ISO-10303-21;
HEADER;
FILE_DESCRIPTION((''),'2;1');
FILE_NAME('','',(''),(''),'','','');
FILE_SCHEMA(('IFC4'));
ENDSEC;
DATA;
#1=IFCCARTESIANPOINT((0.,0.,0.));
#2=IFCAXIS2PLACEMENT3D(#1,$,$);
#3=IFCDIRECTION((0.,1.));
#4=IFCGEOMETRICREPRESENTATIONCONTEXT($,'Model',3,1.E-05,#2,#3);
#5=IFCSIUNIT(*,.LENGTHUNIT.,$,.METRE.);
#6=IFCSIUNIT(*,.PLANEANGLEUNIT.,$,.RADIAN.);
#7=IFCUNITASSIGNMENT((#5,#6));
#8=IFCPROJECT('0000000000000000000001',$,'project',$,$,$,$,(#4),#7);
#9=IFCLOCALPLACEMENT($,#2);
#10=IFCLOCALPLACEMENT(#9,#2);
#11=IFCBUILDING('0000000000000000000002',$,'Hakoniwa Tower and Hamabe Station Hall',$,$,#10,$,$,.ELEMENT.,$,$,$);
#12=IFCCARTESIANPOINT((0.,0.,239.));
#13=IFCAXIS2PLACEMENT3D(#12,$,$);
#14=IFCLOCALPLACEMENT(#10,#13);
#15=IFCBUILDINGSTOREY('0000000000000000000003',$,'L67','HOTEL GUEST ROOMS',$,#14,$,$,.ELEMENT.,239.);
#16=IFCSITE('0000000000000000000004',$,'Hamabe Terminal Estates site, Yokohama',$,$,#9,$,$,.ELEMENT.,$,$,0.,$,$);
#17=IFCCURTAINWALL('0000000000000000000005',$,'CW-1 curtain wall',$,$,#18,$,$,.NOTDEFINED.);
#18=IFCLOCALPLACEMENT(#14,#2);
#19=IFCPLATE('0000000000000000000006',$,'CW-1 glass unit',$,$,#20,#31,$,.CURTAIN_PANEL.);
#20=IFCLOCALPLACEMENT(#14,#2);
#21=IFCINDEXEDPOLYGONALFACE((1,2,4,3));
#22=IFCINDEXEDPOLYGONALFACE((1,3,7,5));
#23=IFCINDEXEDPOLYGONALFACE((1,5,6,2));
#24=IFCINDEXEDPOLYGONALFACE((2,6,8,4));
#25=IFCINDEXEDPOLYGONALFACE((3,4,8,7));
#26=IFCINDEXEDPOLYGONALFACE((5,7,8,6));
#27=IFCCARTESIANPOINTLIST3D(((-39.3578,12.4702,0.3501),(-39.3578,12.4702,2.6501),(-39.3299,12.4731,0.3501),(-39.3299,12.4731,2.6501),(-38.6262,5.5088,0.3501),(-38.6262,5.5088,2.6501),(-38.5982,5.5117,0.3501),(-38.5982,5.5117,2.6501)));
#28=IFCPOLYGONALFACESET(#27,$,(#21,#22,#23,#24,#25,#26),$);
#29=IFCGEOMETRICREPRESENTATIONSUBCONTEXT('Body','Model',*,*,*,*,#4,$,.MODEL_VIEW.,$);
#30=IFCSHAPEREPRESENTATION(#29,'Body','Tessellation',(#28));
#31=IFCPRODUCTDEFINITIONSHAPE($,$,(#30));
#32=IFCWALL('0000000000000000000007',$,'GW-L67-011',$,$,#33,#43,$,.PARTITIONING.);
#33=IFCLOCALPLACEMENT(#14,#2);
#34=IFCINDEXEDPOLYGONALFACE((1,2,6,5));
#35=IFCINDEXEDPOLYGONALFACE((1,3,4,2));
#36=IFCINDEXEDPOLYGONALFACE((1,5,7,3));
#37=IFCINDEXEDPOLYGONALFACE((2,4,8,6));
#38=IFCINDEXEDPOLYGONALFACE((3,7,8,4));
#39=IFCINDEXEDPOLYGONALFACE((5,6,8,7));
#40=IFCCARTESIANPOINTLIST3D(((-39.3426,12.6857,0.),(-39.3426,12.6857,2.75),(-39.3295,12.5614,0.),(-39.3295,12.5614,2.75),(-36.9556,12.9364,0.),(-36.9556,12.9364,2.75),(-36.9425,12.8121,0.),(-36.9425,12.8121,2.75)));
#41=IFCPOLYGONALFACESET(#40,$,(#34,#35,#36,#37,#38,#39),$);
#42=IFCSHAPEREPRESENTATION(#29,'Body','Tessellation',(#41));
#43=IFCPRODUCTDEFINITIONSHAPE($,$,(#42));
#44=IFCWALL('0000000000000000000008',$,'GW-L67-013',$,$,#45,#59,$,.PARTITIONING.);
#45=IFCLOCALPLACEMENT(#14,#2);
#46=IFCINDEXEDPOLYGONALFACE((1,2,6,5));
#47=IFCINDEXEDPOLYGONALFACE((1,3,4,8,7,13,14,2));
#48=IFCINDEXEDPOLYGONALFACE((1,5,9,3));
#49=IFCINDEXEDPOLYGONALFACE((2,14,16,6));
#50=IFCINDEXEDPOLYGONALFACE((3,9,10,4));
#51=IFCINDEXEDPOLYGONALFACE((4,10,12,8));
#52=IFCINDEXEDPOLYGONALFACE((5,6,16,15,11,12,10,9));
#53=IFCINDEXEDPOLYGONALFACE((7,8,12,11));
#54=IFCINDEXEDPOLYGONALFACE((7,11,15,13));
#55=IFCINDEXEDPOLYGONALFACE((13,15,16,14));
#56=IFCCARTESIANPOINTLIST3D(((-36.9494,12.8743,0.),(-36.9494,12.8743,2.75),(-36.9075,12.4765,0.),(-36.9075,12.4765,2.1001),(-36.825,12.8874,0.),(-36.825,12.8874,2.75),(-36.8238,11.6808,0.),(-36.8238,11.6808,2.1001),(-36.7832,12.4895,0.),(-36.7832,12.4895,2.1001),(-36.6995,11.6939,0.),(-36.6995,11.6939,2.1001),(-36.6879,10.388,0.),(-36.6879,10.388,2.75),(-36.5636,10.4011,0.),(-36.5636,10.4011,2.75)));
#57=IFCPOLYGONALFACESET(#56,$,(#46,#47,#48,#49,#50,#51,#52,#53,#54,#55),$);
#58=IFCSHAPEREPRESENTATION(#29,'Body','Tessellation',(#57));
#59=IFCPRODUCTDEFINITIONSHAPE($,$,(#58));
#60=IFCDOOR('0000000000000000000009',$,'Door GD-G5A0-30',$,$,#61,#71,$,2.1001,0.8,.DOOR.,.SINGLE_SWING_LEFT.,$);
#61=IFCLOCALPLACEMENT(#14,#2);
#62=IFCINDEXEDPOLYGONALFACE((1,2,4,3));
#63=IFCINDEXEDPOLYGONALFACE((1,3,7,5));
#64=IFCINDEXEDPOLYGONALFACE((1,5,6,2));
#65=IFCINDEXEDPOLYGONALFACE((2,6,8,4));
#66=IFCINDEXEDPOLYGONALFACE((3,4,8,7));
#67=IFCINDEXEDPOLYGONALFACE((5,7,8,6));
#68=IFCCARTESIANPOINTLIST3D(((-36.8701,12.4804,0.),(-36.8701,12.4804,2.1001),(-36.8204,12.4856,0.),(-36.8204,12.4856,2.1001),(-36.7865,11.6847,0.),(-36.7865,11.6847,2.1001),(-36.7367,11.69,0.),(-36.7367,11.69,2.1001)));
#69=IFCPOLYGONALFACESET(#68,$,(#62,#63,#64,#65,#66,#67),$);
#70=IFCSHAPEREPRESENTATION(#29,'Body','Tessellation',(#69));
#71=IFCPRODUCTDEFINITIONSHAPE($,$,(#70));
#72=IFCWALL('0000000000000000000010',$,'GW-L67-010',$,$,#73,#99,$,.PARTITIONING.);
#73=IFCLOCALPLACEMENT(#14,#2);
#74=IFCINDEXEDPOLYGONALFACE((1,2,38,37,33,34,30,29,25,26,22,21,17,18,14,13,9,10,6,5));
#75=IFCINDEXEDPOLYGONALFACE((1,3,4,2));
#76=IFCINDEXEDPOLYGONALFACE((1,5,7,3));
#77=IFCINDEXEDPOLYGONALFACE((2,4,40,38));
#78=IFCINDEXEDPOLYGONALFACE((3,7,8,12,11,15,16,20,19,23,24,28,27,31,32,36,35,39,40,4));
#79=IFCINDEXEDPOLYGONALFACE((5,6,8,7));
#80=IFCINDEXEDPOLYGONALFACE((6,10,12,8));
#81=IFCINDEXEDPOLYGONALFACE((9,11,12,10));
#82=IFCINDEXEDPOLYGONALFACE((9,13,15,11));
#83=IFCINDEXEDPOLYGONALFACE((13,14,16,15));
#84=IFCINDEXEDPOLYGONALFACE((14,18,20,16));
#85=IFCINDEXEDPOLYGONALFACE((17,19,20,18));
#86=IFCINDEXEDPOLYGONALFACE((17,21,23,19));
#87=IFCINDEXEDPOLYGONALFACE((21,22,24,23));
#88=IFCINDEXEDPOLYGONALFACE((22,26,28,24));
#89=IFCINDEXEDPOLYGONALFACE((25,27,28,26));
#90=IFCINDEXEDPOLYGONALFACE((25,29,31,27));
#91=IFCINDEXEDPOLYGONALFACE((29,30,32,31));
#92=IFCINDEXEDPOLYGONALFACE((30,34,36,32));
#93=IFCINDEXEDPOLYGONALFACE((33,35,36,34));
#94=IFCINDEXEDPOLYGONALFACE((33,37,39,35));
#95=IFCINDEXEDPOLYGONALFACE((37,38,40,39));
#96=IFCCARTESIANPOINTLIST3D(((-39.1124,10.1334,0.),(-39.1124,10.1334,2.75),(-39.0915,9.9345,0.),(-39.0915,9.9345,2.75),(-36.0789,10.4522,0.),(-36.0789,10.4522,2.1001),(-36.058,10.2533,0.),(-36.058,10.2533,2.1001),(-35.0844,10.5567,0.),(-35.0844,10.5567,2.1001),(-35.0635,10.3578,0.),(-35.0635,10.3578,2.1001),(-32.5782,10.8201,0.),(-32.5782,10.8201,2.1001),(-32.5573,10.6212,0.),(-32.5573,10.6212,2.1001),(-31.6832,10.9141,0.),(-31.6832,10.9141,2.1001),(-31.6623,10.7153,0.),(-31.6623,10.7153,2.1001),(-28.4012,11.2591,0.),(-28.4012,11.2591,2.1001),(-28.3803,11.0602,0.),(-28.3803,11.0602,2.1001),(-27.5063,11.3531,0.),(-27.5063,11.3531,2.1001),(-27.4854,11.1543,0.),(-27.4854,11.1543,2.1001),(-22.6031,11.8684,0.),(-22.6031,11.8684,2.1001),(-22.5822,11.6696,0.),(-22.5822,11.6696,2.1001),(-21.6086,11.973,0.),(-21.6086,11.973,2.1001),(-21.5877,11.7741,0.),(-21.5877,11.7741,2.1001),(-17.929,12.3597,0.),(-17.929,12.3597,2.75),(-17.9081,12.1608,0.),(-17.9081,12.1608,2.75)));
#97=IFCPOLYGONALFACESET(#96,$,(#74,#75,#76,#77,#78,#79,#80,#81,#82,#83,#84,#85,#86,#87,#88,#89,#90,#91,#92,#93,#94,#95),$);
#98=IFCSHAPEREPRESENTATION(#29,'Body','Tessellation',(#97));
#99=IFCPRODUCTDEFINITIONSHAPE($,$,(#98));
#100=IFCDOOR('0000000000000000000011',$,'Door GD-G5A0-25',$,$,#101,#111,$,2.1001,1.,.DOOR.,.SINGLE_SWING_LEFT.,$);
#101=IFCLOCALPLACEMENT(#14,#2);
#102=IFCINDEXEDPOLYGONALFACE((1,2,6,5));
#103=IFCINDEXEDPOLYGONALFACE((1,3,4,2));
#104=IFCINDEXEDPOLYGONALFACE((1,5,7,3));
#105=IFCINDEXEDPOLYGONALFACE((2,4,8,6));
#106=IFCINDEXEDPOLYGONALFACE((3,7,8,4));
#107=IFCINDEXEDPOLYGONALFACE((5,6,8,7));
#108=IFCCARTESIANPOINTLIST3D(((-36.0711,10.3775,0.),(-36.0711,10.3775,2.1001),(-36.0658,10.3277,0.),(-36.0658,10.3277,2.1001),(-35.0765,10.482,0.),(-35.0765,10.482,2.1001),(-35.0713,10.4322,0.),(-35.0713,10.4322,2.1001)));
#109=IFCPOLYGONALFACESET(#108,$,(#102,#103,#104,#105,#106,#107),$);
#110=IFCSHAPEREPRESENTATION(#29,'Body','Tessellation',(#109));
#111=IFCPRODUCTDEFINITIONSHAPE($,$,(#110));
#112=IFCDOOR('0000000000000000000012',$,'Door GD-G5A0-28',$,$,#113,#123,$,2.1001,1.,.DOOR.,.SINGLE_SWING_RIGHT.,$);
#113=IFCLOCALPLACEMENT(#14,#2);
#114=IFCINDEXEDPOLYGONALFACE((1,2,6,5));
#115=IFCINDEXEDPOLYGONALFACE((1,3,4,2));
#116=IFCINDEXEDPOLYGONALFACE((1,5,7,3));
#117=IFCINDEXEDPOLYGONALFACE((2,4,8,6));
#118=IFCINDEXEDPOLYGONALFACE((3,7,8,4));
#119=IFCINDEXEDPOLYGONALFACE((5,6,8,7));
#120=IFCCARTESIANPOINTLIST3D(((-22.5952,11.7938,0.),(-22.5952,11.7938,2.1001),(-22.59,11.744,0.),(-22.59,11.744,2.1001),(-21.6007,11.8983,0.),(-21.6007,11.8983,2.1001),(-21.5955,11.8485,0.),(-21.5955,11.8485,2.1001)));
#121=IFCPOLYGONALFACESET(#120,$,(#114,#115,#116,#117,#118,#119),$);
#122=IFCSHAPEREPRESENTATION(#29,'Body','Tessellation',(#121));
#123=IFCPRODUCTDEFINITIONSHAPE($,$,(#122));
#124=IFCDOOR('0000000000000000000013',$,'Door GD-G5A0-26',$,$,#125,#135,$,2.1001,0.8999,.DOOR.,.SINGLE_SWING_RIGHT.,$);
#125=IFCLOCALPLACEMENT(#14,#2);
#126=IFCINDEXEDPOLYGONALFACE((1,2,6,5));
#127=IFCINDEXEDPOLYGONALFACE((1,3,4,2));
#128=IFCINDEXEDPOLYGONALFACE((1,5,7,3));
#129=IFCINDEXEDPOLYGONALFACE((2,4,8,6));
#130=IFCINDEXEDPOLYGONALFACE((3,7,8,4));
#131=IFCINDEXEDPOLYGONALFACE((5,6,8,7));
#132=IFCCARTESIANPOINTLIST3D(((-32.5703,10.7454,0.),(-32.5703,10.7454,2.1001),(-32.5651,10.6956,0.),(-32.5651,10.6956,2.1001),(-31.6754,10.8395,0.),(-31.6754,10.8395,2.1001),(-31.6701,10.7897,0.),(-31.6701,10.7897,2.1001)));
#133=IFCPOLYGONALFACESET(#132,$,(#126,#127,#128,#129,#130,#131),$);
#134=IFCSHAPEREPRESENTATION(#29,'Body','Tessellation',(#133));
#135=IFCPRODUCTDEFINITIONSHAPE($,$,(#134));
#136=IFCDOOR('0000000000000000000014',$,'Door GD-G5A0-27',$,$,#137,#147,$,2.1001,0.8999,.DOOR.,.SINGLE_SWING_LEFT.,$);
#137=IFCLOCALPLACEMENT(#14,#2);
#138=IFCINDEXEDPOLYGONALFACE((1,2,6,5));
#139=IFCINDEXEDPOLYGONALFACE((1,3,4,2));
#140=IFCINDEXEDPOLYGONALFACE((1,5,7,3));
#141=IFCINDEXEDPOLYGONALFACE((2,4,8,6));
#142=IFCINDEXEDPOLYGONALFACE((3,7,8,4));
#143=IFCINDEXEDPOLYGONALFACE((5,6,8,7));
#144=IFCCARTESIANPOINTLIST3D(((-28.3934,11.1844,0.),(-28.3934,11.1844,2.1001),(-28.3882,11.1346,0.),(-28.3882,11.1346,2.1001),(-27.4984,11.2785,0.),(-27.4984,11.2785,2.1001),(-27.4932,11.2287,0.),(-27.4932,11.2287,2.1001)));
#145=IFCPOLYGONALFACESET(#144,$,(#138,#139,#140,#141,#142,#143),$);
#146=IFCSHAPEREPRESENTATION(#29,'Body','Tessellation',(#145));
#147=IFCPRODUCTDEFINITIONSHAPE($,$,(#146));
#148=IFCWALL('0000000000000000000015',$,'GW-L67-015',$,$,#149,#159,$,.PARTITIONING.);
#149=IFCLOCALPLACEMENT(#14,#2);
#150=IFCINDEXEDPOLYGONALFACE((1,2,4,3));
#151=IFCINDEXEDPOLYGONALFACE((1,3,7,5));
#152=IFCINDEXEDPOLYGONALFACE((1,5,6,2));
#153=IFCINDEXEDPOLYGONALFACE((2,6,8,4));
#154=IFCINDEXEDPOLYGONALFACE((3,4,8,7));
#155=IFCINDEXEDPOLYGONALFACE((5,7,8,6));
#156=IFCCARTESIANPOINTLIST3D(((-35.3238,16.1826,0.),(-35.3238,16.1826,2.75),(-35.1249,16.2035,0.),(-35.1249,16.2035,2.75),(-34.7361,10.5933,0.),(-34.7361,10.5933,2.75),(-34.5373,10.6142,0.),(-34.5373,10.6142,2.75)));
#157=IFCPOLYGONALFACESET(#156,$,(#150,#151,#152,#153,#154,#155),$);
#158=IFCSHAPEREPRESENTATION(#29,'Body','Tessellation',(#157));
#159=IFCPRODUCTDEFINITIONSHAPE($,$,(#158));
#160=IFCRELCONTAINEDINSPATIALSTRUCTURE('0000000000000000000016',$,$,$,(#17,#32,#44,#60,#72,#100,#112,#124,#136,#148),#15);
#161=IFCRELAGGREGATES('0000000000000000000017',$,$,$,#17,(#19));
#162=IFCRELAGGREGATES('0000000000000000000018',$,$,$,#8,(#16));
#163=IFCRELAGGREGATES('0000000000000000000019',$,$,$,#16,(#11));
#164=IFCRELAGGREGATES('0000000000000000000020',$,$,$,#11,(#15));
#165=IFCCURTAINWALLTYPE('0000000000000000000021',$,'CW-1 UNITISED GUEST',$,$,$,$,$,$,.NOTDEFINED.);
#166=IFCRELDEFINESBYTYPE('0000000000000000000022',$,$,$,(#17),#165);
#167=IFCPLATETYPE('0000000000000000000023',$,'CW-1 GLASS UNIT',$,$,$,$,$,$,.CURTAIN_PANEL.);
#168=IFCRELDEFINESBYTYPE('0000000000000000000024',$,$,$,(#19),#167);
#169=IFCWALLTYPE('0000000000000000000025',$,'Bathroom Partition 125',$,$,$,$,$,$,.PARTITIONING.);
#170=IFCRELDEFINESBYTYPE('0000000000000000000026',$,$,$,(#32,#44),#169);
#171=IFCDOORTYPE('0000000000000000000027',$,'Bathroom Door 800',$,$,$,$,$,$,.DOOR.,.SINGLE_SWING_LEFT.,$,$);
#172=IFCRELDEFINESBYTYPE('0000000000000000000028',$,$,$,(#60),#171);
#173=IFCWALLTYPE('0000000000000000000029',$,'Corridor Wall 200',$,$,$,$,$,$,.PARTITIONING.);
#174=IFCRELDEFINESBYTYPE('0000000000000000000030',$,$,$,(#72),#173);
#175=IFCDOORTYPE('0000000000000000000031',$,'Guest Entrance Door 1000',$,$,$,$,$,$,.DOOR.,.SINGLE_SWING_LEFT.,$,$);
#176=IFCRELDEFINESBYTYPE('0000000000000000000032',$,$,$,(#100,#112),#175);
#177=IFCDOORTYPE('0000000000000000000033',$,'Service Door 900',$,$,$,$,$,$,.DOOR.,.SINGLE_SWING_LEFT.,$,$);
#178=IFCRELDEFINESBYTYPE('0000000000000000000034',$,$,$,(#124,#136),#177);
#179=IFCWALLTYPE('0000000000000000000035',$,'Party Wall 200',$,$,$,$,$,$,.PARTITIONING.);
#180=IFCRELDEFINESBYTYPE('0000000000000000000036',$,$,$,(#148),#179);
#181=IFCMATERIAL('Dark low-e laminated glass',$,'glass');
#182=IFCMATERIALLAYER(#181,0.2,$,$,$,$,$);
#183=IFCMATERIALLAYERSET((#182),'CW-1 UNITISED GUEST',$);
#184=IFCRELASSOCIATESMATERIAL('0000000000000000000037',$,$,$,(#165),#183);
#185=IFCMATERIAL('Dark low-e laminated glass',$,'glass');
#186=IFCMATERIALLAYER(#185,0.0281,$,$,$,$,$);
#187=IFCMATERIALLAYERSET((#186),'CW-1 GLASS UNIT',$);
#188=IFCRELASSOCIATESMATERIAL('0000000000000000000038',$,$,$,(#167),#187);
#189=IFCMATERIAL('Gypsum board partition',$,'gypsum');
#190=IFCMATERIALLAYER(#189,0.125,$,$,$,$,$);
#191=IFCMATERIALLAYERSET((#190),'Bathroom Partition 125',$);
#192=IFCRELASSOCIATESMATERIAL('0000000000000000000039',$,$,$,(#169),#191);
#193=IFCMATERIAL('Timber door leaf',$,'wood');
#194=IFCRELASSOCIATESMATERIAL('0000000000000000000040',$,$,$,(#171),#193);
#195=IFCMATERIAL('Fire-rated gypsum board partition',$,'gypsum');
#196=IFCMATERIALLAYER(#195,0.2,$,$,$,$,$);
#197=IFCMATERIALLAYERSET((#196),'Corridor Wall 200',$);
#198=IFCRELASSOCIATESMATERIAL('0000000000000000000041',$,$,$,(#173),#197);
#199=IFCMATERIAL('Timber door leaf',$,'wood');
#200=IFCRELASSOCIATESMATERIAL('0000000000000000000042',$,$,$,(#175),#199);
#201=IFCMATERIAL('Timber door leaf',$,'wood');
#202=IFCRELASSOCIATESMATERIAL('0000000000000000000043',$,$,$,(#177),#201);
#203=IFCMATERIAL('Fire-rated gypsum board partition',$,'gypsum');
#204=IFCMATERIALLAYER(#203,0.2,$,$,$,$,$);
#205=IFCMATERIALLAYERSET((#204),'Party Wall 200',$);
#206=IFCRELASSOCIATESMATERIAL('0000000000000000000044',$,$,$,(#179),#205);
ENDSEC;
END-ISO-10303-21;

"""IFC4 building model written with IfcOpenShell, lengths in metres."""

from ifc_helpers import new_model, si_unit, direction, frame, frame_2d, origin, origin_2d, place, context, subcontext, project, spatial, rectangle, extrude, material, layer, layer_set, type_object, element, fill, aggregate, save


model = new_model("IFC4")

# Units and contexts
model_context = context("Model", 3, precision=1e-05, world=origin(), true_north=direction((0.0, 1.0)))
body_context = subcontext(model_context, "Body", "Model", "MODEL_VIEW")
ifc_project = project(units=[si_unit("LENGTHUNIT", "METRE"), si_unit("PLANEANGLEUNIT", "RADIAN")], contexts=[model_context])

# Site, building, storey
site_placement = place(None, origin())
site = spatial("IfcSite", under=ifc_project, at=site_placement, Name="Hamabe Terminal Estates site, Yokohama", CompositionType="ELEMENT", RefElevation=0.0)
building_placement = place(site_placement, origin())
building = spatial("IfcBuilding", under=site, at=building_placement, Name="Hakoniwa Tower and Hamabe Station Hall", CompositionType="ELEMENT")
storey_placement = place(building_placement, frame((0.0, 0.0, 239.0)))
storey = spatial("IfcBuildingStorey", under=building, at=storey_placement, Name="L67", Description="HOTEL GUEST ROOMS", CompositionType="ELEMENT", Elevation=239.0)

# Curtain wall
ifc_material_1 = material(Name="Dark low-e laminated glass", Category="glass")
ifc_layer_1 = layer(ifc_material_1, 0.2)
ifc_layer_set_1 = layer_set([ifc_layer_1], Name="CW-1 UNITISED GUEST")
curtain_wall_type = type_object("IfcCurtainWallType", Name="CW-1 UNITISED GUEST", PredefinedType="NOTDEFINED", material=ifc_layer_set_1)
curtain_wall_1_placement = place(storey_placement, origin())
curtain_wall_1 = element("IfcCurtainWall", 1, at=curtain_wall_1_placement, inside=storey, type_object=curtain_wall_type, Name="CW-1 curtain wall", PredefinedType="NOTDEFINED")

# Plate
ifc_material_2 = material(Name="Dark low-e laminated glass", Category="glass")
ifc_layer_2 = layer(ifc_material_2, 0.0281)
ifc_layer_set_2 = layer_set([ifc_layer_2], Name="CW-1 GLASS UNIT")
plate_type = type_object("IfcPlateType", Name="CW-1 GLASS UNIT", PredefinedType="CURTAIN_PANEL", material=ifc_layer_set_2)
plate_1_placement = place(storey_placement, frame((-38.978, 8.991, 0.3501), z_axis=(0.0, 0.0, 1.0), x_axis=(0.104528, -0.994522, 0.0)))
plate_1 = element("IfcPlate", 2, at=plate_1_placement, type_object=plate_type, Name="CW-1 glass unit", PredefinedType="CURTAIN_PANEL", context=body_context, shape_type="SweptSolid", body=[
    extrude(rectangle(XDim=6.9998, YDim=0.0281, at=origin_2d()), origin(), (0.0, 0.0, 1.0), 2.3),
])
aggregate(curtain_wall_1, [plate_1])

# Wall
ifc_material_3 = material(Name="Gypsum board partition", Category="gypsum")
ifc_layer_3 = layer(ifc_material_3, 0.125)
ifc_layer_set_3 = layer_set([ifc_layer_3], Name="Bathroom Partition 125")
wall_type_1 = type_object("IfcWallType", Name="Bathroom Partition 125", PredefinedType="PARTITIONING", material=ifc_layer_set_3)
wall_1_placement = place(storey_placement, frame((-39.3362, 12.6235, 0.0), z_axis=(0.0, 0.0, 1.0), x_axis=(0.994528, 0.104468, 0.0)))
element("IfcWall", 3, at=wall_1_placement, inside=storey, type_object=wall_type_1, Name="GW-L67-011", PredefinedType="PARTITIONING", context=body_context, shape_type="SweptSolid", body=[
    extrude(rectangle(XDim=2.4001, YDim=0.125, at=frame_2d((1.2002, 0.0))), origin(), (0.0, 0.0, 1.0), 2.75),
])

# Wall, opening, door
wall_2_placement = place(storey_placement, frame((-36.6257, 10.3945, 0.0), z_axis=(0.0, 0.0, 1.0), x_axis=(-0.104588, 0.994516, 0.0)))
wall_2 = element("IfcWall", 4, at=wall_2_placement, inside=storey, type_object=wall_type_1, Name="GW-L67-013", PredefinedType="PARTITIONING", context=body_context, shape_type="SweptSolid", body=[
    extrude(rectangle(XDim=2.5, YDim=0.125, at=frame_2d((1.25, 0.0))), origin(), (0.0, 0.0, 1.0), 2.75),
])
opening_1_placement = place(wall_2_placement, frame((1.3, 0.0, 0.0)))
opening_1 = element("IfcOpeningElement", 5, at=opening_1_placement, cuts=wall_2, PredefinedType="OPENING", context=body_context, shape_type="SweptSolid", body=[
    extrude(rectangle(XDim=0.8, YDim=2.1001, at=frame_2d((0.3999, 1.05))), frame((0.0, 0.0725, 0.0), z_axis=(0.0, -1.0, 0.0), x_axis=(1.0, 0.0, 0.0)), (0.0, 0.0, 1.0), 0.145),
])
ifc_material_4 = material(Name="Timber door leaf", Category="wood")
door_type_1 = type_object("IfcDoorType", Name="Bathroom Door 800", OperationType="SINGLE_SWING_LEFT", PredefinedType="DOOR", material=ifc_material_4)
door_1_placement = place(opening_1_placement, origin())
door_1 = element("IfcDoor", 6, at=door_1_placement, inside=storey, type_object=door_type_1, Name="Door GD-G5A0-30", OperationType="SINGLE_SWING_LEFT", OverallHeight=2.1001, OverallWidth=0.8, PredefinedType="DOOR", context=body_context, shape_type="SweptSolid", body=[
    extrude(rectangle(XDim=0.8, YDim=2.1001, at=frame_2d((0.3999, 1.05))), frame((0.0, 0.0249, 0.0), z_axis=(0.0, -1.0, 0.0), x_axis=(1.0, 0.0, 0.0)), (0.0, 0.0, 1.0), 0.05),
])
fill(opening_1, door_1)

# Wall, openings, doors
ifc_material_5 = material(Name="Fire-rated gypsum board partition", Category="gypsum")
ifc_layer_4 = layer(ifc_material_5, 0.2)
ifc_layer_set_4 = layer_set([ifc_layer_4], Name="Corridor Wall 200")
wall_type_2 = type_object("IfcWallType", Name="Corridor Wall 200", PredefinedType="PARTITIONING", material=ifc_layer_set_4)
wall_3_placement = place(storey_placement, frame((-39.1018, 10.0339, 0.0), z_axis=(0.0, 0.0, 1.0), x_axis=(0.994523, 0.104522, 0.0)))
wall_3 = element("IfcWall", 7, at=wall_3_placement, inside=storey, type_object=wall_type_2, Name="GW-L67-010", PredefinedType="PARTITIONING", context=body_context, shape_type="SweptSolid", body=[
    extrude(rectangle(XDim=21.3, YDim=0.2, at=frame_2d((10.6499, 0.0))), origin(), (0.0, 0.0, 1.0), 2.75),
])
opening_2_placement = place(wall_3_placement, frame((3.05, 0.0, 0.0)))
opening_2 = element("IfcOpeningElement", 8, at=opening_2_placement, cuts=wall_3, PredefinedType="OPENING", context=body_context, shape_type="SweptSolid", body=[
    extrude(rectangle(XDim=1.0, YDim=2.1001, at=frame_2d((0.5, 1.05))), frame((0.0, 0.1099, 0.0), z_axis=(0.0, -1.0, 0.0), x_axis=(1.0, 0.0, 0.0)), (0.0, 0.0, 1.0), 0.22),
])
opening_3_placement = place(wall_3_placement, frame((6.5701, 0.0, 0.0)))
opening_3 = element("IfcOpeningElement", 9, at=opening_3_placement, cuts=wall_3, PredefinedType="OPENING", context=body_context, shape_type="SweptSolid", body=[
    extrude(rectangle(XDim=0.8999, YDim=2.1001, at=frame_2d((0.45, 1.05))), frame((0.0, 0.1099, 0.0), z_axis=(0.0, -1.0, 0.0), x_axis=(1.0, 0.0, 0.0)), (0.0, 0.0, 1.0), 0.22),
])
opening_4_placement = place(wall_3_placement, frame((10.77, 0.0, 0.0)))
opening_4 = element("IfcOpeningElement", 10, at=opening_4_placement, cuts=wall_3, PredefinedType="OPENING", context=body_context, shape_type="SweptSolid", body=[
    extrude(rectangle(XDim=0.8999, YDim=2.1001, at=frame_2d((0.45, 1.05))), frame((0.0, 0.1099, 0.0), z_axis=(0.0, -1.0, 0.0), x_axis=(1.0, 0.0, 0.0)), (0.0, 0.0, 1.0), 0.22),
])
opening_5_placement = place(wall_3_placement, frame((16.6001, 0.0, 0.0)))
opening_5 = element("IfcOpeningElement", 11, at=opening_5_placement, cuts=wall_3, PredefinedType="OPENING", context=body_context, shape_type="SweptSolid", body=[
    extrude(rectangle(XDim=1.0, YDim=2.1001, at=frame_2d((0.5, 1.05))), frame((0.0, 0.1099, 0.0), z_axis=(0.0, -1.0, 0.0), x_axis=(1.0, 0.0, 0.0)), (0.0, 0.0, 1.0), 0.22),
])
ifc_material_6 = material(Name="Timber door leaf", Category="wood")
door_type_2 = type_object("IfcDoorType", Name="Guest Entrance Door 1000", OperationType="SINGLE_SWING_LEFT", PredefinedType="DOOR", material=ifc_material_6)
door_2_placement = place(opening_2_placement, origin())
door_2 = element("IfcDoor", 12, at=door_2_placement, inside=storey, type_object=door_type_2, Name="Door GD-G5A0-25", OperationType="SINGLE_SWING_LEFT", OverallHeight=2.1001, OverallWidth=1.0, PredefinedType="DOOR", context=body_context, shape_type="SweptSolid", body=[
    extrude(rectangle(XDim=1.0, YDim=2.1001, at=frame_2d((0.5, 1.05))), frame((0.0, 0.0249, 0.0), z_axis=(0.0, -1.0, 0.0), x_axis=(1.0, 0.0, 0.0)), (0.0, 0.0, 1.0), 0.05),
])
fill(opening_2, door_2)
door_3_placement = place(opening_5_placement, origin())
door_3 = element("IfcDoor", 13, at=door_3_placement, inside=storey, type_object=door_type_2, Name="Door GD-G5A0-28", OperationType="SINGLE_SWING_RIGHT", OverallHeight=2.1001, OverallWidth=1.0, PredefinedType="DOOR", context=body_context, shape_type="SweptSolid", body=[
    extrude(rectangle(XDim=1.0, YDim=2.1001, at=frame_2d((0.5, 1.05))), frame((0.0, 0.0249, 0.0), z_axis=(0.0, -1.0, 0.0), x_axis=(1.0, 0.0, 0.0)), (0.0, 0.0, 1.0), 0.05),
])
fill(opening_5, door_3)
ifc_material_7 = material(Name="Timber door leaf", Category="wood")
door_type_3 = type_object("IfcDoorType", Name="Service Door 900", OperationType="SINGLE_SWING_LEFT", PredefinedType="DOOR", material=ifc_material_7)
door_4_placement = place(opening_3_placement, origin())
door_4 = element("IfcDoor", 14, at=door_4_placement, inside=storey, type_object=door_type_3, Name="Door GD-G5A0-26", OperationType="SINGLE_SWING_RIGHT", OverallHeight=2.1001, OverallWidth=0.8999, PredefinedType="DOOR", context=body_context, shape_type="SweptSolid", body=[
    extrude(rectangle(XDim=0.8999, YDim=2.1001, at=frame_2d((0.45, 1.05))), frame((0.0, 0.0249, 0.0), z_axis=(0.0, -1.0, 0.0), x_axis=(1.0, 0.0, 0.0)), (0.0, 0.0, 1.0), 0.05),
])
fill(opening_3, door_4)
door_5_placement = place(opening_4_placement, origin())
door_5 = element("IfcDoor", 15, at=door_5_placement, inside=storey, type_object=door_type_3, Name="Door GD-G5A0-27", OperationType="SINGLE_SWING_LEFT", OverallHeight=2.1001, OverallWidth=0.8999, PredefinedType="DOOR", context=body_context, shape_type="SweptSolid", body=[
    extrude(rectangle(XDim=0.8999, YDim=2.1001, at=frame_2d((0.45, 1.05))), frame((0.0, 0.0249, 0.0), z_axis=(0.0, -1.0, 0.0), x_axis=(1.0, 0.0, 0.0)), (0.0, 0.0, 1.0), 0.05),
])
fill(opening_4, door_5)

# Wall
ifc_material_8 = material(Name="Fire-rated gypsum board partition", Category="gypsum")
ifc_layer_5 = layer(ifc_material_8, 0.2)
ifc_layer_set_5 = layer_set([ifc_layer_5], Name="Party Wall 200")
wall_type_3 = type_object("IfcWallType", Name="Party Wall 200", PredefinedType="PARTITIONING", material=ifc_layer_set_5)
wall_4_placement = place(storey_placement, frame((-34.6367, 10.6038, 0.0), z_axis=(0.0, 0.0, 1.0), x_axis=(-0.10456, 0.994519, 0.0)))
element("IfcWall", 16, at=wall_4_placement, inside=storey, type_object=wall_type_3, Name="GW-L67-015", PredefinedType="PARTITIONING", context=body_context, shape_type="SweptSolid", body=[
    extrude(rectangle(XDim=5.6201, YDim=0.2, at=frame_2d((2.8101, 0.0))), origin(), (0.0, 0.0, 1.0), 2.75),
])

save(model, "model.ifc")
